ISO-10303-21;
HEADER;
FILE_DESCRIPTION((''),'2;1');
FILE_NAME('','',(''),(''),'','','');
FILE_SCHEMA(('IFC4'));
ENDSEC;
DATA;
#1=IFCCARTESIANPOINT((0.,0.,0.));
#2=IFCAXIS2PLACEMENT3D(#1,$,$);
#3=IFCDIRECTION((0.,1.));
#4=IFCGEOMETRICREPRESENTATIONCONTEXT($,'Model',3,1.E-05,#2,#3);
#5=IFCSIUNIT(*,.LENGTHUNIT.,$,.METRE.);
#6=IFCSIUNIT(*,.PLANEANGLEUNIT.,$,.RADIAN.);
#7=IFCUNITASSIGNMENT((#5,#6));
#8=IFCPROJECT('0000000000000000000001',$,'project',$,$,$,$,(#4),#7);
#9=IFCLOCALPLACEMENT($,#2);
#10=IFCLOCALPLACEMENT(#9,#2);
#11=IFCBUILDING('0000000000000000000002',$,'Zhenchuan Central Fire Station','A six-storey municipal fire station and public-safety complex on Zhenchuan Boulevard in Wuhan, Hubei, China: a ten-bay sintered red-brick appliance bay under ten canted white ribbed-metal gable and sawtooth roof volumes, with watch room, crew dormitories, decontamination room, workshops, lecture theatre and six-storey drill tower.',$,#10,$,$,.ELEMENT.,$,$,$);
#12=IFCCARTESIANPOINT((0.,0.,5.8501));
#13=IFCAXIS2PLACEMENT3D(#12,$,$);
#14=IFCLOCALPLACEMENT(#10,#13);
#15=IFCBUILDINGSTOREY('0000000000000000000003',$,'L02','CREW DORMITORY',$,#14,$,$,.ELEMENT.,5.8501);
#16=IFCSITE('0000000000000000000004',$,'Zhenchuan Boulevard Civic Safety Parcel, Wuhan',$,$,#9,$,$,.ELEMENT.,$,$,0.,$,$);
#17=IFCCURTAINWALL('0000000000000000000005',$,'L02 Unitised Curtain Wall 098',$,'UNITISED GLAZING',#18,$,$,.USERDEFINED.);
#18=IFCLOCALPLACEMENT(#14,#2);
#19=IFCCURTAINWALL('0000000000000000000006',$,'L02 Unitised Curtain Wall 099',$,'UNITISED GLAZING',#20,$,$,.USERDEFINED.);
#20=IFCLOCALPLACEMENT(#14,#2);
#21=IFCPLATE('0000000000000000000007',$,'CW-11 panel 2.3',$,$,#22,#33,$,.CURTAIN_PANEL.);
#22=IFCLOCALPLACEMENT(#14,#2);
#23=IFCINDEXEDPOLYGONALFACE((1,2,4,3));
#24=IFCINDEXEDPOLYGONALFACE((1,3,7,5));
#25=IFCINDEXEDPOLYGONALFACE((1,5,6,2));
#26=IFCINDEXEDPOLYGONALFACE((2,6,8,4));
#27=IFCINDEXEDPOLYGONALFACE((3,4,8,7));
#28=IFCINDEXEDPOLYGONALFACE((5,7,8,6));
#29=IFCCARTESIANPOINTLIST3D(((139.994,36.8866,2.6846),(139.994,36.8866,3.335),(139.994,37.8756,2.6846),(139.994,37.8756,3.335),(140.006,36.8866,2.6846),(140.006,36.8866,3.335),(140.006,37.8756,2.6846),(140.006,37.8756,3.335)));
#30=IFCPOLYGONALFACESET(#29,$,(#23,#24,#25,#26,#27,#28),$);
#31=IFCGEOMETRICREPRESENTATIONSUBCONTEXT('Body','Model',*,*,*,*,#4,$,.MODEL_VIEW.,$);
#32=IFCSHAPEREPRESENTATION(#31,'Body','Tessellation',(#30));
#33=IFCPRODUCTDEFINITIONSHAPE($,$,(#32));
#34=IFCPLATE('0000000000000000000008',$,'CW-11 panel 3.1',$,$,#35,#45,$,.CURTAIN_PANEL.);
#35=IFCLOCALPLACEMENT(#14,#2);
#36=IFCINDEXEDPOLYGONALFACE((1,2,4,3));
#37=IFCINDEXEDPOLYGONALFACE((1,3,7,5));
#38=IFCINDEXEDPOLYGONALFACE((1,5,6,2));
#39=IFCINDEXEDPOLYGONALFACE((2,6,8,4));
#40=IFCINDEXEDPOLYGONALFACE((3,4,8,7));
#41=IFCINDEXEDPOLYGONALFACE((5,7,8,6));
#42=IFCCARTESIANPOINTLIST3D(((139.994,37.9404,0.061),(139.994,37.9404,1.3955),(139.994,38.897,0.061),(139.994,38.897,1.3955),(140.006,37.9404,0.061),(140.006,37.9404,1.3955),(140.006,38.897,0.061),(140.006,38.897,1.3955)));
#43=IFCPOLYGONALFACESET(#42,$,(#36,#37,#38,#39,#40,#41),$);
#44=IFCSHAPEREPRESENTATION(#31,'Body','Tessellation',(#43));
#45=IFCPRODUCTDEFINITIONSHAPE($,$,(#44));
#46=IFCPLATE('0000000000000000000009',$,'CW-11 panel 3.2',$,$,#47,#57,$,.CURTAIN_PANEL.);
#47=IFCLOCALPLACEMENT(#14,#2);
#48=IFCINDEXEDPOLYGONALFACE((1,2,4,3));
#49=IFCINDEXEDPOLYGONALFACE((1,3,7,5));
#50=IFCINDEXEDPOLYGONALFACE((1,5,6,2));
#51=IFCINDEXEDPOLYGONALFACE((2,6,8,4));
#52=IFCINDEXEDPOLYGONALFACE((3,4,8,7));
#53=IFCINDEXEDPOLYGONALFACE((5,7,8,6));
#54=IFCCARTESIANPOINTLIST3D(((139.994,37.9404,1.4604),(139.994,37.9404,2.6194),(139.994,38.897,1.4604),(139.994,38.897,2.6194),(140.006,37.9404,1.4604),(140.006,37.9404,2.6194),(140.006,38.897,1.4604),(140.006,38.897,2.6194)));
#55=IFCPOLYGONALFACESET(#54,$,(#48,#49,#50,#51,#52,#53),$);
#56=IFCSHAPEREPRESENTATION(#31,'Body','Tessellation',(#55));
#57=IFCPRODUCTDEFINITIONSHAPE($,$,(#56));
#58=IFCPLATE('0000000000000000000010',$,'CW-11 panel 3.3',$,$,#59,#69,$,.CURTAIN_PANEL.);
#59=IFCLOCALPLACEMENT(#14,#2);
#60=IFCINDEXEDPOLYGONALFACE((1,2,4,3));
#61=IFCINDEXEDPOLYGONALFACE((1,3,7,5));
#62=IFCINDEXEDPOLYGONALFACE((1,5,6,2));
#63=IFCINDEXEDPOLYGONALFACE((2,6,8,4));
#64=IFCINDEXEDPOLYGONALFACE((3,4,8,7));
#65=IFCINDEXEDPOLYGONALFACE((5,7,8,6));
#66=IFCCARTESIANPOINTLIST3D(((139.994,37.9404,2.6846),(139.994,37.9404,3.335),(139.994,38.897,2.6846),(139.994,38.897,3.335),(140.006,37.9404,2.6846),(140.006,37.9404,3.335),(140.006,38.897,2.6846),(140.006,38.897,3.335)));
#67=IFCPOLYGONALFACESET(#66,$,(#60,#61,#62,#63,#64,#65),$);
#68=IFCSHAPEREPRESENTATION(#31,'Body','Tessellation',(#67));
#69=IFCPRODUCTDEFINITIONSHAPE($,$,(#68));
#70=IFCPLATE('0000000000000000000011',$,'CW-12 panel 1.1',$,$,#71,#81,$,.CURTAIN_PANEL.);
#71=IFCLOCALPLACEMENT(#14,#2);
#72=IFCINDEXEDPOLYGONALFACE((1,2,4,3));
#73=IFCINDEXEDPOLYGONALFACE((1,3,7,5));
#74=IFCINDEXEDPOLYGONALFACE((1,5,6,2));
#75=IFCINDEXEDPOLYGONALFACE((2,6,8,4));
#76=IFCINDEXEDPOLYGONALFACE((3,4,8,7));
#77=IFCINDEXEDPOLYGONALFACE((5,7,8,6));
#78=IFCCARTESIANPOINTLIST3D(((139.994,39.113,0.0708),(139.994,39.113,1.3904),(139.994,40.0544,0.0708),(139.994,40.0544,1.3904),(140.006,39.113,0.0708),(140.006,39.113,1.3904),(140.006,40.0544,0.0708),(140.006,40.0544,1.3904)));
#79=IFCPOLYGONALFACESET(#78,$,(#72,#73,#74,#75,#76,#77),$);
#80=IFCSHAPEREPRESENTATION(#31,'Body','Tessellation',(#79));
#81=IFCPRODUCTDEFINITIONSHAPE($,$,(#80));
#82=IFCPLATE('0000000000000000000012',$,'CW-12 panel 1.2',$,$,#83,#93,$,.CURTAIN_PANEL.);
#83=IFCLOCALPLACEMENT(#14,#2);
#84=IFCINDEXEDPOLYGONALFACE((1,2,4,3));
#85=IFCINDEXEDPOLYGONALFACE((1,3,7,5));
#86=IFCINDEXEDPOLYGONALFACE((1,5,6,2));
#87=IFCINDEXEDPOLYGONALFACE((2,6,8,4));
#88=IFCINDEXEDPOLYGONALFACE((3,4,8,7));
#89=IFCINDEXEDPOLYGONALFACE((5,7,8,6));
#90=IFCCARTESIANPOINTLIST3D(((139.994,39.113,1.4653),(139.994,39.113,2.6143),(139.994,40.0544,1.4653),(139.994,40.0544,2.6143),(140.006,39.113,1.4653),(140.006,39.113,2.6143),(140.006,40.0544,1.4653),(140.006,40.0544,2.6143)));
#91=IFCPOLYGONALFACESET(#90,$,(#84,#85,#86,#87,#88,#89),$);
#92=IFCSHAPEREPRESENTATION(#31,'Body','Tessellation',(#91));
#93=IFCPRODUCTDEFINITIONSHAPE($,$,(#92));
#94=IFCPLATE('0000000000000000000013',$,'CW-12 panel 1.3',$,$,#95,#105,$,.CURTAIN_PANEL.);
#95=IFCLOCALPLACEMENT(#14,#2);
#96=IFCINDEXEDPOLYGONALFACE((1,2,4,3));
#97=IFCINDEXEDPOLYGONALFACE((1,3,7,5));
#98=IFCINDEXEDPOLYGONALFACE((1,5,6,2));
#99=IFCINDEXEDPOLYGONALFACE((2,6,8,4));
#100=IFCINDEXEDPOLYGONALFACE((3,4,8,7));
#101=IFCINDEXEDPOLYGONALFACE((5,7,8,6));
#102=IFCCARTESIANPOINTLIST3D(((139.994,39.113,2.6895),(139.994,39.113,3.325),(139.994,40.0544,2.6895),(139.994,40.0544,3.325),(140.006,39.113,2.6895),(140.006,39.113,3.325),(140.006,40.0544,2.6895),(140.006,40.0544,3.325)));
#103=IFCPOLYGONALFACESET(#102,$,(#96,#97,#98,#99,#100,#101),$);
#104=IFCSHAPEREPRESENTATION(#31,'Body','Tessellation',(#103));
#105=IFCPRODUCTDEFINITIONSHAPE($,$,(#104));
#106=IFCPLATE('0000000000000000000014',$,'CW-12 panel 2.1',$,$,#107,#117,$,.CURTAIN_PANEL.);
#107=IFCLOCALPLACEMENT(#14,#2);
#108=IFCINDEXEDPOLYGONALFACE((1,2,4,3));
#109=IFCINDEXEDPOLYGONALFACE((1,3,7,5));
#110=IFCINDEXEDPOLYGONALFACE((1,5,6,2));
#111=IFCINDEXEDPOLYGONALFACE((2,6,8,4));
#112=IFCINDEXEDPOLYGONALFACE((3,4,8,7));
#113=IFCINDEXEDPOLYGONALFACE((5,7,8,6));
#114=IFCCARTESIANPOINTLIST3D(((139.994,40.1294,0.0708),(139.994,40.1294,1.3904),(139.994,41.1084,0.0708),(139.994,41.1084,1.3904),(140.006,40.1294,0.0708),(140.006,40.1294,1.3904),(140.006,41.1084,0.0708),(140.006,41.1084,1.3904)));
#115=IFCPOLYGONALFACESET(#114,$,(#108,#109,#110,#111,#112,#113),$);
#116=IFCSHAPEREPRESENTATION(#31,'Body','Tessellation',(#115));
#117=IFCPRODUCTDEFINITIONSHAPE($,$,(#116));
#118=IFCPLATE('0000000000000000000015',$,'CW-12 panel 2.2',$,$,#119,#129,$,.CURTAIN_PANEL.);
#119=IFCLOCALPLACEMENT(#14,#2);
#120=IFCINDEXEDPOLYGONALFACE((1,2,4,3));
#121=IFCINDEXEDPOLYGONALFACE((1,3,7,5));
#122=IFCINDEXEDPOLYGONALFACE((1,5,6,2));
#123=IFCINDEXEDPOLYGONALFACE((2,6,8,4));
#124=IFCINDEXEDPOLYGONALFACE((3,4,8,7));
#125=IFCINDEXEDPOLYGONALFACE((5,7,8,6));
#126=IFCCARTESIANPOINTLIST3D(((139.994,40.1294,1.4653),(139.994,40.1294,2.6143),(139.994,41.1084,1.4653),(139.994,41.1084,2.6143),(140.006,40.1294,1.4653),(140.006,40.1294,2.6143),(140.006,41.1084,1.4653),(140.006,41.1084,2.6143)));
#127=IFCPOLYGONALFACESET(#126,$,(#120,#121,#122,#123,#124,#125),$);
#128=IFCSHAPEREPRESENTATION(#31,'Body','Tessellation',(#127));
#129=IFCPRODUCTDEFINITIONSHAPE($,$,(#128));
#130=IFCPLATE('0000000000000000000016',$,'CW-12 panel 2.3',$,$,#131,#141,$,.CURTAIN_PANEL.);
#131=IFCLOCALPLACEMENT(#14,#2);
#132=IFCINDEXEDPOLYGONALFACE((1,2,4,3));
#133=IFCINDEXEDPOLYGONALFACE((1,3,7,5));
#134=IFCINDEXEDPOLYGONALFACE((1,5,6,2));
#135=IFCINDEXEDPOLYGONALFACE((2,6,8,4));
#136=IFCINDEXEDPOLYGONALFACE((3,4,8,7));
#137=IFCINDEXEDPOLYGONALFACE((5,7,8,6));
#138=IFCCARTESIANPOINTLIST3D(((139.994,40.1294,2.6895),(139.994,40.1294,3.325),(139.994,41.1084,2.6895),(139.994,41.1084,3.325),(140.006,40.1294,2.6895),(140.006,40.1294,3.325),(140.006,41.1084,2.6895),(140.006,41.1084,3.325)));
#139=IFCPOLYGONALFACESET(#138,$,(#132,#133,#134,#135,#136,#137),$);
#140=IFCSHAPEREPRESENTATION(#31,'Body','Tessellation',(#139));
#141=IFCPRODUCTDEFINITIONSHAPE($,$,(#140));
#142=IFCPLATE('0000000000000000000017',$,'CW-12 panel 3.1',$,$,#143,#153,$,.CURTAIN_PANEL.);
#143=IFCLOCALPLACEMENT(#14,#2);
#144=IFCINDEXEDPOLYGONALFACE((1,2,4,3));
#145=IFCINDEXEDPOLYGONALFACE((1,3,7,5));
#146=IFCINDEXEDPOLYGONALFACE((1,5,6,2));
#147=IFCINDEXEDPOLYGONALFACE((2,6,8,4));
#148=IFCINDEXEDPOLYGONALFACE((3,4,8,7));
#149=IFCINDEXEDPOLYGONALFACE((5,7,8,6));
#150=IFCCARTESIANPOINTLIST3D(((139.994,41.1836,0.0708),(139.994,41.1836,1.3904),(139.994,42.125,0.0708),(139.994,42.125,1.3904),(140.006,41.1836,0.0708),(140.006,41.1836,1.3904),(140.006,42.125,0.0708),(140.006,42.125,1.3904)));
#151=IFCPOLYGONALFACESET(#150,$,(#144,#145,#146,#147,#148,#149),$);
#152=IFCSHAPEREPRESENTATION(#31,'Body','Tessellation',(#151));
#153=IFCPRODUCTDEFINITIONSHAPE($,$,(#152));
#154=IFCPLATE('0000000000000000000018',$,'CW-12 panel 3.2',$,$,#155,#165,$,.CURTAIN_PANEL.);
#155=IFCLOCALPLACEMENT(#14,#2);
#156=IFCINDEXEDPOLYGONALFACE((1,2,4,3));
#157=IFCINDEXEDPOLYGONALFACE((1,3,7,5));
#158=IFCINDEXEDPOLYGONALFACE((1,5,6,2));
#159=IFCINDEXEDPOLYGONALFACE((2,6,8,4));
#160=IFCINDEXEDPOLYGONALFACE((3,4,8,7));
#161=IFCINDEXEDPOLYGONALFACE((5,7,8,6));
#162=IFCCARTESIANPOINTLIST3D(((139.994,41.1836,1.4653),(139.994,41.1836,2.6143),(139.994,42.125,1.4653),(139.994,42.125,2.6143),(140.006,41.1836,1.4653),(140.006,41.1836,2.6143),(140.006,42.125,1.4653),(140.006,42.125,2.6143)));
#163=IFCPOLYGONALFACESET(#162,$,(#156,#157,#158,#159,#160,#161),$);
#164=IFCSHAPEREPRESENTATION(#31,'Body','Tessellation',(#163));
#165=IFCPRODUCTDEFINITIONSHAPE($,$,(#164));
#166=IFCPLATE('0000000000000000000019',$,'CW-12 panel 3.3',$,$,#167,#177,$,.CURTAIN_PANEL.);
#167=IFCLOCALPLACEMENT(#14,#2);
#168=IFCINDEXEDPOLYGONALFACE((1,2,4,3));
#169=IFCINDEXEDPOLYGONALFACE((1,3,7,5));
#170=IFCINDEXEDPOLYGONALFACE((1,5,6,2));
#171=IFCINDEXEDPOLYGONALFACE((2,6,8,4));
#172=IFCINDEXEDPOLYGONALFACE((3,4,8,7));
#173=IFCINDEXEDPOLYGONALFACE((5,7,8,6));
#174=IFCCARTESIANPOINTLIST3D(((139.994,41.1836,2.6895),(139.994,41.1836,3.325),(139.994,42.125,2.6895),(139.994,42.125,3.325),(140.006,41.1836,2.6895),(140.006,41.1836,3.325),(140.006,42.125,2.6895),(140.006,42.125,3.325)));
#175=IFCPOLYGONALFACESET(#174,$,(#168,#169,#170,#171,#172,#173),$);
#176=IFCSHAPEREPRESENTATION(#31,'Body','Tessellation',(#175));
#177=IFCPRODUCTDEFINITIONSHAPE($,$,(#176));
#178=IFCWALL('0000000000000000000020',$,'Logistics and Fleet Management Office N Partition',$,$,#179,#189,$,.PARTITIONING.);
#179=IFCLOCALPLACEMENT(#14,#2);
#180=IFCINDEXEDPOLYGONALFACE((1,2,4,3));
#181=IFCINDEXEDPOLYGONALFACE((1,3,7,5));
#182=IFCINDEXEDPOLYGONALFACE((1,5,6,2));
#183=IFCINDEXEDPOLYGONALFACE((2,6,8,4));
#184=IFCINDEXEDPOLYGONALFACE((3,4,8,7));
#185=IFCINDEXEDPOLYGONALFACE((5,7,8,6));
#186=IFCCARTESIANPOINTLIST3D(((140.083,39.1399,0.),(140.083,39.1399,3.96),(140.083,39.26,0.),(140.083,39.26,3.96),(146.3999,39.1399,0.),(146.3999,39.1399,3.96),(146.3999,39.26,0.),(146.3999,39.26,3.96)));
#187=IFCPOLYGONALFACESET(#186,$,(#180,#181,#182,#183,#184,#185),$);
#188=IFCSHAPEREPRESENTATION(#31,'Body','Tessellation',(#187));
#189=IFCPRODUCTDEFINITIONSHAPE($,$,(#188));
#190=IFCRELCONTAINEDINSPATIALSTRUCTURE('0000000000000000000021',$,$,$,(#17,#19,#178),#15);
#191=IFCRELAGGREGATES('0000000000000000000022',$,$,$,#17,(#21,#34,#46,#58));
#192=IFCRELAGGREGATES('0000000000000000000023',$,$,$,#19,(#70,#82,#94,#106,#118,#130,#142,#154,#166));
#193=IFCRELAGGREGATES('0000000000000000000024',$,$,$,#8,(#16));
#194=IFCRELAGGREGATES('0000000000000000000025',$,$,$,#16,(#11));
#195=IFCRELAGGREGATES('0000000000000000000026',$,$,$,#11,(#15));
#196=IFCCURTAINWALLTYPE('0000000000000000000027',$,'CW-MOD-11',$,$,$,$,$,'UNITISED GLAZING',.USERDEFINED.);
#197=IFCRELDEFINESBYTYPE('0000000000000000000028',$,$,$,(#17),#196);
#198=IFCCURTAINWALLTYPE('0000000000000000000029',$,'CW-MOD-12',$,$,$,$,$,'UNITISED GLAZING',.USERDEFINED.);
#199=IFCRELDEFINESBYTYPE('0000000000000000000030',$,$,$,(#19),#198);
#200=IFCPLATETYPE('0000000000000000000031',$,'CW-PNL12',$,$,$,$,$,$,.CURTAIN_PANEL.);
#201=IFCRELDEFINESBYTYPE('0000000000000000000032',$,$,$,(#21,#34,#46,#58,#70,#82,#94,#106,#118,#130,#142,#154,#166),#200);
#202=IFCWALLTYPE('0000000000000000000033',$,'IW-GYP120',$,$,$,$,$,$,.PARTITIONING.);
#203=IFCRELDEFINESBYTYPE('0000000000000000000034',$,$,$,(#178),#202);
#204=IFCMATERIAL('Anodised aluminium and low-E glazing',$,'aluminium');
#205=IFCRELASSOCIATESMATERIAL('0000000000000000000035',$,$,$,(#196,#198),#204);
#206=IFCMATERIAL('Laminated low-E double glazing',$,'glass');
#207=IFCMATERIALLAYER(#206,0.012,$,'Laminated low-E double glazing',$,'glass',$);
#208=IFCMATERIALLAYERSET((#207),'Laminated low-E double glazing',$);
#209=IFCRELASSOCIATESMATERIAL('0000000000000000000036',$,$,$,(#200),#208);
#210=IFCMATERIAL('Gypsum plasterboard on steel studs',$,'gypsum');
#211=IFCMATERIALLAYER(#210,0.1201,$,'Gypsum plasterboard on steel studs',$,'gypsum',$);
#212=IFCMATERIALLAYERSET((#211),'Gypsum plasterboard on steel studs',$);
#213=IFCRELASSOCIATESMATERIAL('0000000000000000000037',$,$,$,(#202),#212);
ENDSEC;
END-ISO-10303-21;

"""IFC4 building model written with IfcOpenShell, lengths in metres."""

from ifc_helpers import new_model, si_unit, direction, frame, frame_2d, origin, origin_2d, place, context, subcontext, project, spatial, rectangle, extrude, material, layer, layer_set, type_object, element, aggregate, save


model = new_model("IFC4")

# Units and contexts
model_context = context("Model", 3, precision=1e-05, world=origin(), true_north=direction((0.0, 1.0)))
body_context = subcontext(model_context, "Body", "Model", "MODEL_VIEW")
ifc_project = project(units=[si_unit("LENGTHUNIT", "METRE"), si_unit("PLANEANGLEUNIT", "RADIAN")], contexts=[model_context])

# Site, building, storey
site_placement = place(None, origin())
site = spatial("IfcSite", under=ifc_project, at=site_placement, Name="Zhenchuan Boulevard Civic Safety Parcel, Wuhan", CompositionType="ELEMENT", RefElevation=0.0)
building_placement = place(site_placement, origin())
building = spatial("IfcBuilding", under=site, at=building_placement, Name="Zhenchuan Central Fire Station", Description="A six-storey municipal fire station and public-safety complex on Zhenchuan Boulevard in Wuhan, Hubei, China: a ten-bay sintered red-brick appliance bay under ten canted white ribbed-metal gable and sawtooth roof volumes, with watch room, crew dormitories, decontamination room, workshops, lecture theatre and six-storey drill tower.", CompositionType="ELEMENT")
storey_placement = place(building_placement, frame((0.0, 0.0, 5.8501)))
storey = spatial("IfcBuildingStorey", under=building, at=storey_placement, Name="L02", Description="CREW DORMITORY", CompositionType="ELEMENT", Elevation=5.8501)

# Curtain walls
ifc_material_1 = material(Name="Anodised aluminium and low-E glazing", Category="aluminium")
curtain_wall_type_1 = type_object("IfcCurtainWallType", Name="CW-MOD-11", ElementType="UNITISED GLAZING", PredefinedType="USERDEFINED", material=ifc_material_1)
curtain_wall_1_placement = place(storey_placement, origin())
curtain_wall_1 = element("IfcCurtainWall", 1, at=curtain_wall_1_placement, inside=storey, type_object=curtain_wall_type_1, Name="L02 Unitised Curtain Wall 098", ObjectType="UNITISED GLAZING", PredefinedType="USERDEFINED")
curtain_wall_type_2 = type_object("IfcCurtainWallType", Name="CW-MOD-12", ElementType="UNITISED GLAZING", PredefinedType="USERDEFINED", material=ifc_material_1)
curtain_wall_2_placement = place(storey_placement, origin())
curtain_wall_2 = element("IfcCurtainWall", 2, at=curtain_wall_2_placement, inside=storey, type_object=curtain_wall_type_2, Name="L02 Unitised Curtain Wall 099", ObjectType="UNITISED GLAZING", PredefinedType="USERDEFINED")

# Plates
ifc_material_2 = material(Name="Laminated low-E double glazing", Category="glass")
ifc_layer_1 = layer(ifc_material_2, 0.012, Name="Laminated low-E double glazing", Category="glass")
ifc_layer_set_1 = layer_set([ifc_layer_1], Name="Laminated low-E double glazing")
plate_type = type_object("IfcPlateType", Name="CW-PNL12", PredefinedType="CURTAIN_PANEL", material=ifc_layer_set_1)
plate_1_placement = place(storey_placement, frame((140.0, 37.3811, 2.6846), z_axis=(0.0, 0.0, 1.0), x_axis=(0.0, 1.0, 0.0)))
plate_1 = element("IfcPlate", 3, at=plate_1_placement, type_object=plate_type, Name="CW-11 panel 2.3", PredefinedType="CURTAIN_PANEL", context=body_context, shape_type="SweptSolid", body=[
    extrude(rectangle(XDim=0.989, YDim=0.012, at=origin_2d()), origin(), (0.0, 0.0, 1.0), 0.6504),
])
plate_2_placement = place(storey_placement, frame((140.0, 38.4187, 0.061), z_axis=(0.0, 0.0, 1.0), x_axis=(0.0, 1.0, 0.0)))
plate_2 = element("IfcPlate", 4, at=plate_2_placement, type_object=plate_type, Name="CW-11 panel 3.1", PredefinedType="CURTAIN_PANEL", context=body_context, shape_type="SweptSolid", body=[
    extrude(rectangle(XDim=0.9565, YDim=0.012, at=origin_2d()), origin(), (0.0, 0.0, 1.0), 1.3345),
])
plate_3_placement = place(storey_placement, frame((140.0, 38.4187, 1.4604), z_axis=(0.0, 0.0, 1.0), x_axis=(0.0, 1.0, 0.0)))
plate_3 = element("IfcPlate", 5, at=plate_3_placement, type_object=plate_type, Name="CW-11 panel 3.2", PredefinedType="CURTAIN_PANEL", context=body_context, shape_type="SweptSolid", body=[
    extrude(rectangle(XDim=0.9565, YDim=0.012, at=origin_2d()), origin(), (0.0, 0.0, 1.0), 1.1589),
])
plate_4_placement = place(storey_placement, frame((140.0, 38.4187, 2.6846), z_axis=(0.0, 0.0, 1.0), x_axis=(0.0, 1.0, 0.0)))
plate_4 = element("IfcPlate", 6, at=plate_4_placement, type_object=plate_type, Name="CW-11 panel 3.3", PredefinedType="CURTAIN_PANEL", context=body_context, shape_type="SweptSolid", body=[
    extrude(rectangle(XDim=0.9565, YDim=0.012, at=origin_2d()), origin(), (0.0, 0.0, 1.0), 0.6504),
])
aggregate(curtain_wall_1, [plate_1, plate_2, plate_3, plate_4])
plate_5_placement = place(storey_placement, frame((140.0, 39.5837, 0.0708), z_axis=(0.0, 0.0, 1.0), x_axis=(0.0, 1.0, 0.0)))
plate_5 = element("IfcPlate", 7, at=plate_5_placement, type_object=plate_type, Name="CW-12 panel 1.1", PredefinedType="CURTAIN_PANEL", context=body_context, shape_type="SweptSolid", body=[
    extrude(rectangle(XDim=0.9414, YDim=0.012, at=origin_2d()), origin(), (0.0, 0.0, 1.0), 1.3196),
])
plate_6_placement = place(storey_placement, frame((140.0, 39.5837, 1.4653), z_axis=(0.0, 0.0, 1.0), x_axis=(0.0, 1.0, 0.0)))
plate_6 = element("IfcPlate", 8, at=plate_6_placement, type_object=plate_type, Name="CW-12 panel 1.2", PredefinedType="CURTAIN_PANEL", context=body_context, shape_type="SweptSolid", body=[
    extrude(rectangle(XDim=0.9414, YDim=0.012, at=origin_2d()), origin(), (0.0, 0.0, 1.0), 1.1489),
])
plate_7_placement = place(storey_placement, frame((140.0, 39.5837, 2.6895), z_axis=(0.0, 0.0, 1.0), x_axis=(0.0, 1.0, 0.0)))
plate_7 = element("IfcPlate", 9, at=plate_7_placement, type_object=plate_type, Name="CW-12 panel 1.3", PredefinedType="CURTAIN_PANEL", context=body_context, shape_type="SweptSolid", body=[
    extrude(rectangle(XDim=0.9414, YDim=0.012, at=origin_2d()), origin(), (0.0, 0.0, 1.0), 0.6355),
])
plate_8_placement = place(storey_placement, frame((140.0, 40.6189, 0.0708), z_axis=(0.0, 0.0, 1.0), x_axis=(0.0, 1.0, 0.0)))
plate_8 = element("IfcPlate", 10, at=plate_8_placement, type_object=plate_type, Name="CW-12 panel 2.1", PredefinedType="CURTAIN_PANEL", context=body_context, shape_type="SweptSolid", body=[
    extrude(rectangle(XDim=0.979, YDim=0.012, at=origin_2d()), origin(), (0.0, 0.0, 1.0), 1.3196),
])
plate_9_placement = place(storey_placement, frame((140.0, 40.6189, 1.4653), z_axis=(0.0, 0.0, 1.0), x_axis=(0.0, 1.0, 0.0)))
plate_9 = element("IfcPlate", 11, at=plate_9_placement, type_object=plate_type, Name="CW-12 panel 2.2", PredefinedType="CURTAIN_PANEL", context=body_context, shape_type="SweptSolid", body=[
    extrude(rectangle(XDim=0.979, YDim=0.012, at=origin_2d()), origin(), (0.0, 0.0, 1.0), 1.1489),
])
plate_10_placement = place(storey_placement, frame((140.0, 40.6189, 2.6895), z_axis=(0.0, 0.0, 1.0), x_axis=(0.0, 1.0, 0.0)))
plate_10 = element("IfcPlate", 12, at=plate_10_placement, type_object=plate_type, Name="CW-12 panel 2.3", PredefinedType="CURTAIN_PANEL", context=body_context, shape_type="SweptSolid", body=[
    extrude(rectangle(XDim=0.979, YDim=0.012, at=origin_2d()), origin(), (0.0, 0.0, 1.0), 0.6355),
])
plate_11_placement = place(storey_placement, frame((140.0, 41.6543, 0.0708), z_axis=(0.0, 0.0, 1.0), x_axis=(0.0, 1.0, 0.0)))
plate_11 = element("IfcPlate", 13, at=plate_11_placement, type_object=plate_type, Name="CW-12 panel 3.1", PredefinedType="CURTAIN_PANEL", context=body_context, shape_type="SweptSolid", body=[
    extrude(rectangle(XDim=0.9414, YDim=0.012, at=origin_2d()), origin(), (0.0, 0.0, 1.0), 1.3196),
])
plate_12_placement = place(storey_placement, frame((140.0, 41.6543, 1.4653), z_axis=(0.0, 0.0, 1.0), x_axis=(0.0, 1.0, 0.0)))
plate_12 = element("IfcPlate", 14, at=plate_12_placement, type_object=plate_type, Name="CW-12 panel 3.2", PredefinedType="CURTAIN_PANEL", context=body_context, shape_type="SweptSolid", body=[
    extrude(rectangle(XDim=0.9414, YDim=0.012, at=origin_2d()), origin(), (0.0, 0.0, 1.0), 1.1489),
])
plate_13_placement = place(storey_placement, frame((140.0, 41.6543, 2.6895), z_axis=(0.0, 0.0, 1.0), x_axis=(0.0, 1.0, 0.0)))
plate_13 = element("IfcPlate", 15, at=plate_13_placement, type_object=plate_type, Name="CW-12 panel 3.3", PredefinedType="CURTAIN_PANEL", context=body_context, shape_type="SweptSolid", body=[
    extrude(rectangle(XDim=0.9414, YDim=0.012, at=origin_2d()), origin(), (0.0, 0.0, 1.0), 0.6355),
])
aggregate(curtain_wall_2, [plate_5, plate_6, plate_7, plate_8, plate_9, plate_10, plate_11, plate_12, plate_13])

# Wall
ifc_material_3 = material(Name="Gypsum plasterboard on steel studs", Category="gypsum")
ifc_layer_2 = layer(ifc_material_3, 0.1201, Name="Gypsum plasterboard on steel studs", Category="gypsum")
ifc_layer_set_2 = layer_set([ifc_layer_2], Name="Gypsum plasterboard on steel studs")
wall_type = type_object("IfcWallType", Name="IW-GYP120", PredefinedType="PARTITIONING", material=ifc_layer_set_2)
wall_placement = place(storey_placement, frame((140.083, 39.2, 0.0), z_axis=(0.0, 0.0, 1.0), x_axis=(1.0, 0.0, 0.0)))
element("IfcWall", 16, at=wall_placement, inside=storey, type_object=wall_type, Name="Logistics and Fleet Management Office N Partition", PredefinedType="PARTITIONING", context=body_context, shape_type="SweptSolid", body=[
    extrude(rectangle(XDim=6.3169, YDim=0.1201, at=frame_2d((3.1584, 0.0))), origin(), (0.0, 0.0, 1.0), 3.96),
])

save(model, "model.ifc")
